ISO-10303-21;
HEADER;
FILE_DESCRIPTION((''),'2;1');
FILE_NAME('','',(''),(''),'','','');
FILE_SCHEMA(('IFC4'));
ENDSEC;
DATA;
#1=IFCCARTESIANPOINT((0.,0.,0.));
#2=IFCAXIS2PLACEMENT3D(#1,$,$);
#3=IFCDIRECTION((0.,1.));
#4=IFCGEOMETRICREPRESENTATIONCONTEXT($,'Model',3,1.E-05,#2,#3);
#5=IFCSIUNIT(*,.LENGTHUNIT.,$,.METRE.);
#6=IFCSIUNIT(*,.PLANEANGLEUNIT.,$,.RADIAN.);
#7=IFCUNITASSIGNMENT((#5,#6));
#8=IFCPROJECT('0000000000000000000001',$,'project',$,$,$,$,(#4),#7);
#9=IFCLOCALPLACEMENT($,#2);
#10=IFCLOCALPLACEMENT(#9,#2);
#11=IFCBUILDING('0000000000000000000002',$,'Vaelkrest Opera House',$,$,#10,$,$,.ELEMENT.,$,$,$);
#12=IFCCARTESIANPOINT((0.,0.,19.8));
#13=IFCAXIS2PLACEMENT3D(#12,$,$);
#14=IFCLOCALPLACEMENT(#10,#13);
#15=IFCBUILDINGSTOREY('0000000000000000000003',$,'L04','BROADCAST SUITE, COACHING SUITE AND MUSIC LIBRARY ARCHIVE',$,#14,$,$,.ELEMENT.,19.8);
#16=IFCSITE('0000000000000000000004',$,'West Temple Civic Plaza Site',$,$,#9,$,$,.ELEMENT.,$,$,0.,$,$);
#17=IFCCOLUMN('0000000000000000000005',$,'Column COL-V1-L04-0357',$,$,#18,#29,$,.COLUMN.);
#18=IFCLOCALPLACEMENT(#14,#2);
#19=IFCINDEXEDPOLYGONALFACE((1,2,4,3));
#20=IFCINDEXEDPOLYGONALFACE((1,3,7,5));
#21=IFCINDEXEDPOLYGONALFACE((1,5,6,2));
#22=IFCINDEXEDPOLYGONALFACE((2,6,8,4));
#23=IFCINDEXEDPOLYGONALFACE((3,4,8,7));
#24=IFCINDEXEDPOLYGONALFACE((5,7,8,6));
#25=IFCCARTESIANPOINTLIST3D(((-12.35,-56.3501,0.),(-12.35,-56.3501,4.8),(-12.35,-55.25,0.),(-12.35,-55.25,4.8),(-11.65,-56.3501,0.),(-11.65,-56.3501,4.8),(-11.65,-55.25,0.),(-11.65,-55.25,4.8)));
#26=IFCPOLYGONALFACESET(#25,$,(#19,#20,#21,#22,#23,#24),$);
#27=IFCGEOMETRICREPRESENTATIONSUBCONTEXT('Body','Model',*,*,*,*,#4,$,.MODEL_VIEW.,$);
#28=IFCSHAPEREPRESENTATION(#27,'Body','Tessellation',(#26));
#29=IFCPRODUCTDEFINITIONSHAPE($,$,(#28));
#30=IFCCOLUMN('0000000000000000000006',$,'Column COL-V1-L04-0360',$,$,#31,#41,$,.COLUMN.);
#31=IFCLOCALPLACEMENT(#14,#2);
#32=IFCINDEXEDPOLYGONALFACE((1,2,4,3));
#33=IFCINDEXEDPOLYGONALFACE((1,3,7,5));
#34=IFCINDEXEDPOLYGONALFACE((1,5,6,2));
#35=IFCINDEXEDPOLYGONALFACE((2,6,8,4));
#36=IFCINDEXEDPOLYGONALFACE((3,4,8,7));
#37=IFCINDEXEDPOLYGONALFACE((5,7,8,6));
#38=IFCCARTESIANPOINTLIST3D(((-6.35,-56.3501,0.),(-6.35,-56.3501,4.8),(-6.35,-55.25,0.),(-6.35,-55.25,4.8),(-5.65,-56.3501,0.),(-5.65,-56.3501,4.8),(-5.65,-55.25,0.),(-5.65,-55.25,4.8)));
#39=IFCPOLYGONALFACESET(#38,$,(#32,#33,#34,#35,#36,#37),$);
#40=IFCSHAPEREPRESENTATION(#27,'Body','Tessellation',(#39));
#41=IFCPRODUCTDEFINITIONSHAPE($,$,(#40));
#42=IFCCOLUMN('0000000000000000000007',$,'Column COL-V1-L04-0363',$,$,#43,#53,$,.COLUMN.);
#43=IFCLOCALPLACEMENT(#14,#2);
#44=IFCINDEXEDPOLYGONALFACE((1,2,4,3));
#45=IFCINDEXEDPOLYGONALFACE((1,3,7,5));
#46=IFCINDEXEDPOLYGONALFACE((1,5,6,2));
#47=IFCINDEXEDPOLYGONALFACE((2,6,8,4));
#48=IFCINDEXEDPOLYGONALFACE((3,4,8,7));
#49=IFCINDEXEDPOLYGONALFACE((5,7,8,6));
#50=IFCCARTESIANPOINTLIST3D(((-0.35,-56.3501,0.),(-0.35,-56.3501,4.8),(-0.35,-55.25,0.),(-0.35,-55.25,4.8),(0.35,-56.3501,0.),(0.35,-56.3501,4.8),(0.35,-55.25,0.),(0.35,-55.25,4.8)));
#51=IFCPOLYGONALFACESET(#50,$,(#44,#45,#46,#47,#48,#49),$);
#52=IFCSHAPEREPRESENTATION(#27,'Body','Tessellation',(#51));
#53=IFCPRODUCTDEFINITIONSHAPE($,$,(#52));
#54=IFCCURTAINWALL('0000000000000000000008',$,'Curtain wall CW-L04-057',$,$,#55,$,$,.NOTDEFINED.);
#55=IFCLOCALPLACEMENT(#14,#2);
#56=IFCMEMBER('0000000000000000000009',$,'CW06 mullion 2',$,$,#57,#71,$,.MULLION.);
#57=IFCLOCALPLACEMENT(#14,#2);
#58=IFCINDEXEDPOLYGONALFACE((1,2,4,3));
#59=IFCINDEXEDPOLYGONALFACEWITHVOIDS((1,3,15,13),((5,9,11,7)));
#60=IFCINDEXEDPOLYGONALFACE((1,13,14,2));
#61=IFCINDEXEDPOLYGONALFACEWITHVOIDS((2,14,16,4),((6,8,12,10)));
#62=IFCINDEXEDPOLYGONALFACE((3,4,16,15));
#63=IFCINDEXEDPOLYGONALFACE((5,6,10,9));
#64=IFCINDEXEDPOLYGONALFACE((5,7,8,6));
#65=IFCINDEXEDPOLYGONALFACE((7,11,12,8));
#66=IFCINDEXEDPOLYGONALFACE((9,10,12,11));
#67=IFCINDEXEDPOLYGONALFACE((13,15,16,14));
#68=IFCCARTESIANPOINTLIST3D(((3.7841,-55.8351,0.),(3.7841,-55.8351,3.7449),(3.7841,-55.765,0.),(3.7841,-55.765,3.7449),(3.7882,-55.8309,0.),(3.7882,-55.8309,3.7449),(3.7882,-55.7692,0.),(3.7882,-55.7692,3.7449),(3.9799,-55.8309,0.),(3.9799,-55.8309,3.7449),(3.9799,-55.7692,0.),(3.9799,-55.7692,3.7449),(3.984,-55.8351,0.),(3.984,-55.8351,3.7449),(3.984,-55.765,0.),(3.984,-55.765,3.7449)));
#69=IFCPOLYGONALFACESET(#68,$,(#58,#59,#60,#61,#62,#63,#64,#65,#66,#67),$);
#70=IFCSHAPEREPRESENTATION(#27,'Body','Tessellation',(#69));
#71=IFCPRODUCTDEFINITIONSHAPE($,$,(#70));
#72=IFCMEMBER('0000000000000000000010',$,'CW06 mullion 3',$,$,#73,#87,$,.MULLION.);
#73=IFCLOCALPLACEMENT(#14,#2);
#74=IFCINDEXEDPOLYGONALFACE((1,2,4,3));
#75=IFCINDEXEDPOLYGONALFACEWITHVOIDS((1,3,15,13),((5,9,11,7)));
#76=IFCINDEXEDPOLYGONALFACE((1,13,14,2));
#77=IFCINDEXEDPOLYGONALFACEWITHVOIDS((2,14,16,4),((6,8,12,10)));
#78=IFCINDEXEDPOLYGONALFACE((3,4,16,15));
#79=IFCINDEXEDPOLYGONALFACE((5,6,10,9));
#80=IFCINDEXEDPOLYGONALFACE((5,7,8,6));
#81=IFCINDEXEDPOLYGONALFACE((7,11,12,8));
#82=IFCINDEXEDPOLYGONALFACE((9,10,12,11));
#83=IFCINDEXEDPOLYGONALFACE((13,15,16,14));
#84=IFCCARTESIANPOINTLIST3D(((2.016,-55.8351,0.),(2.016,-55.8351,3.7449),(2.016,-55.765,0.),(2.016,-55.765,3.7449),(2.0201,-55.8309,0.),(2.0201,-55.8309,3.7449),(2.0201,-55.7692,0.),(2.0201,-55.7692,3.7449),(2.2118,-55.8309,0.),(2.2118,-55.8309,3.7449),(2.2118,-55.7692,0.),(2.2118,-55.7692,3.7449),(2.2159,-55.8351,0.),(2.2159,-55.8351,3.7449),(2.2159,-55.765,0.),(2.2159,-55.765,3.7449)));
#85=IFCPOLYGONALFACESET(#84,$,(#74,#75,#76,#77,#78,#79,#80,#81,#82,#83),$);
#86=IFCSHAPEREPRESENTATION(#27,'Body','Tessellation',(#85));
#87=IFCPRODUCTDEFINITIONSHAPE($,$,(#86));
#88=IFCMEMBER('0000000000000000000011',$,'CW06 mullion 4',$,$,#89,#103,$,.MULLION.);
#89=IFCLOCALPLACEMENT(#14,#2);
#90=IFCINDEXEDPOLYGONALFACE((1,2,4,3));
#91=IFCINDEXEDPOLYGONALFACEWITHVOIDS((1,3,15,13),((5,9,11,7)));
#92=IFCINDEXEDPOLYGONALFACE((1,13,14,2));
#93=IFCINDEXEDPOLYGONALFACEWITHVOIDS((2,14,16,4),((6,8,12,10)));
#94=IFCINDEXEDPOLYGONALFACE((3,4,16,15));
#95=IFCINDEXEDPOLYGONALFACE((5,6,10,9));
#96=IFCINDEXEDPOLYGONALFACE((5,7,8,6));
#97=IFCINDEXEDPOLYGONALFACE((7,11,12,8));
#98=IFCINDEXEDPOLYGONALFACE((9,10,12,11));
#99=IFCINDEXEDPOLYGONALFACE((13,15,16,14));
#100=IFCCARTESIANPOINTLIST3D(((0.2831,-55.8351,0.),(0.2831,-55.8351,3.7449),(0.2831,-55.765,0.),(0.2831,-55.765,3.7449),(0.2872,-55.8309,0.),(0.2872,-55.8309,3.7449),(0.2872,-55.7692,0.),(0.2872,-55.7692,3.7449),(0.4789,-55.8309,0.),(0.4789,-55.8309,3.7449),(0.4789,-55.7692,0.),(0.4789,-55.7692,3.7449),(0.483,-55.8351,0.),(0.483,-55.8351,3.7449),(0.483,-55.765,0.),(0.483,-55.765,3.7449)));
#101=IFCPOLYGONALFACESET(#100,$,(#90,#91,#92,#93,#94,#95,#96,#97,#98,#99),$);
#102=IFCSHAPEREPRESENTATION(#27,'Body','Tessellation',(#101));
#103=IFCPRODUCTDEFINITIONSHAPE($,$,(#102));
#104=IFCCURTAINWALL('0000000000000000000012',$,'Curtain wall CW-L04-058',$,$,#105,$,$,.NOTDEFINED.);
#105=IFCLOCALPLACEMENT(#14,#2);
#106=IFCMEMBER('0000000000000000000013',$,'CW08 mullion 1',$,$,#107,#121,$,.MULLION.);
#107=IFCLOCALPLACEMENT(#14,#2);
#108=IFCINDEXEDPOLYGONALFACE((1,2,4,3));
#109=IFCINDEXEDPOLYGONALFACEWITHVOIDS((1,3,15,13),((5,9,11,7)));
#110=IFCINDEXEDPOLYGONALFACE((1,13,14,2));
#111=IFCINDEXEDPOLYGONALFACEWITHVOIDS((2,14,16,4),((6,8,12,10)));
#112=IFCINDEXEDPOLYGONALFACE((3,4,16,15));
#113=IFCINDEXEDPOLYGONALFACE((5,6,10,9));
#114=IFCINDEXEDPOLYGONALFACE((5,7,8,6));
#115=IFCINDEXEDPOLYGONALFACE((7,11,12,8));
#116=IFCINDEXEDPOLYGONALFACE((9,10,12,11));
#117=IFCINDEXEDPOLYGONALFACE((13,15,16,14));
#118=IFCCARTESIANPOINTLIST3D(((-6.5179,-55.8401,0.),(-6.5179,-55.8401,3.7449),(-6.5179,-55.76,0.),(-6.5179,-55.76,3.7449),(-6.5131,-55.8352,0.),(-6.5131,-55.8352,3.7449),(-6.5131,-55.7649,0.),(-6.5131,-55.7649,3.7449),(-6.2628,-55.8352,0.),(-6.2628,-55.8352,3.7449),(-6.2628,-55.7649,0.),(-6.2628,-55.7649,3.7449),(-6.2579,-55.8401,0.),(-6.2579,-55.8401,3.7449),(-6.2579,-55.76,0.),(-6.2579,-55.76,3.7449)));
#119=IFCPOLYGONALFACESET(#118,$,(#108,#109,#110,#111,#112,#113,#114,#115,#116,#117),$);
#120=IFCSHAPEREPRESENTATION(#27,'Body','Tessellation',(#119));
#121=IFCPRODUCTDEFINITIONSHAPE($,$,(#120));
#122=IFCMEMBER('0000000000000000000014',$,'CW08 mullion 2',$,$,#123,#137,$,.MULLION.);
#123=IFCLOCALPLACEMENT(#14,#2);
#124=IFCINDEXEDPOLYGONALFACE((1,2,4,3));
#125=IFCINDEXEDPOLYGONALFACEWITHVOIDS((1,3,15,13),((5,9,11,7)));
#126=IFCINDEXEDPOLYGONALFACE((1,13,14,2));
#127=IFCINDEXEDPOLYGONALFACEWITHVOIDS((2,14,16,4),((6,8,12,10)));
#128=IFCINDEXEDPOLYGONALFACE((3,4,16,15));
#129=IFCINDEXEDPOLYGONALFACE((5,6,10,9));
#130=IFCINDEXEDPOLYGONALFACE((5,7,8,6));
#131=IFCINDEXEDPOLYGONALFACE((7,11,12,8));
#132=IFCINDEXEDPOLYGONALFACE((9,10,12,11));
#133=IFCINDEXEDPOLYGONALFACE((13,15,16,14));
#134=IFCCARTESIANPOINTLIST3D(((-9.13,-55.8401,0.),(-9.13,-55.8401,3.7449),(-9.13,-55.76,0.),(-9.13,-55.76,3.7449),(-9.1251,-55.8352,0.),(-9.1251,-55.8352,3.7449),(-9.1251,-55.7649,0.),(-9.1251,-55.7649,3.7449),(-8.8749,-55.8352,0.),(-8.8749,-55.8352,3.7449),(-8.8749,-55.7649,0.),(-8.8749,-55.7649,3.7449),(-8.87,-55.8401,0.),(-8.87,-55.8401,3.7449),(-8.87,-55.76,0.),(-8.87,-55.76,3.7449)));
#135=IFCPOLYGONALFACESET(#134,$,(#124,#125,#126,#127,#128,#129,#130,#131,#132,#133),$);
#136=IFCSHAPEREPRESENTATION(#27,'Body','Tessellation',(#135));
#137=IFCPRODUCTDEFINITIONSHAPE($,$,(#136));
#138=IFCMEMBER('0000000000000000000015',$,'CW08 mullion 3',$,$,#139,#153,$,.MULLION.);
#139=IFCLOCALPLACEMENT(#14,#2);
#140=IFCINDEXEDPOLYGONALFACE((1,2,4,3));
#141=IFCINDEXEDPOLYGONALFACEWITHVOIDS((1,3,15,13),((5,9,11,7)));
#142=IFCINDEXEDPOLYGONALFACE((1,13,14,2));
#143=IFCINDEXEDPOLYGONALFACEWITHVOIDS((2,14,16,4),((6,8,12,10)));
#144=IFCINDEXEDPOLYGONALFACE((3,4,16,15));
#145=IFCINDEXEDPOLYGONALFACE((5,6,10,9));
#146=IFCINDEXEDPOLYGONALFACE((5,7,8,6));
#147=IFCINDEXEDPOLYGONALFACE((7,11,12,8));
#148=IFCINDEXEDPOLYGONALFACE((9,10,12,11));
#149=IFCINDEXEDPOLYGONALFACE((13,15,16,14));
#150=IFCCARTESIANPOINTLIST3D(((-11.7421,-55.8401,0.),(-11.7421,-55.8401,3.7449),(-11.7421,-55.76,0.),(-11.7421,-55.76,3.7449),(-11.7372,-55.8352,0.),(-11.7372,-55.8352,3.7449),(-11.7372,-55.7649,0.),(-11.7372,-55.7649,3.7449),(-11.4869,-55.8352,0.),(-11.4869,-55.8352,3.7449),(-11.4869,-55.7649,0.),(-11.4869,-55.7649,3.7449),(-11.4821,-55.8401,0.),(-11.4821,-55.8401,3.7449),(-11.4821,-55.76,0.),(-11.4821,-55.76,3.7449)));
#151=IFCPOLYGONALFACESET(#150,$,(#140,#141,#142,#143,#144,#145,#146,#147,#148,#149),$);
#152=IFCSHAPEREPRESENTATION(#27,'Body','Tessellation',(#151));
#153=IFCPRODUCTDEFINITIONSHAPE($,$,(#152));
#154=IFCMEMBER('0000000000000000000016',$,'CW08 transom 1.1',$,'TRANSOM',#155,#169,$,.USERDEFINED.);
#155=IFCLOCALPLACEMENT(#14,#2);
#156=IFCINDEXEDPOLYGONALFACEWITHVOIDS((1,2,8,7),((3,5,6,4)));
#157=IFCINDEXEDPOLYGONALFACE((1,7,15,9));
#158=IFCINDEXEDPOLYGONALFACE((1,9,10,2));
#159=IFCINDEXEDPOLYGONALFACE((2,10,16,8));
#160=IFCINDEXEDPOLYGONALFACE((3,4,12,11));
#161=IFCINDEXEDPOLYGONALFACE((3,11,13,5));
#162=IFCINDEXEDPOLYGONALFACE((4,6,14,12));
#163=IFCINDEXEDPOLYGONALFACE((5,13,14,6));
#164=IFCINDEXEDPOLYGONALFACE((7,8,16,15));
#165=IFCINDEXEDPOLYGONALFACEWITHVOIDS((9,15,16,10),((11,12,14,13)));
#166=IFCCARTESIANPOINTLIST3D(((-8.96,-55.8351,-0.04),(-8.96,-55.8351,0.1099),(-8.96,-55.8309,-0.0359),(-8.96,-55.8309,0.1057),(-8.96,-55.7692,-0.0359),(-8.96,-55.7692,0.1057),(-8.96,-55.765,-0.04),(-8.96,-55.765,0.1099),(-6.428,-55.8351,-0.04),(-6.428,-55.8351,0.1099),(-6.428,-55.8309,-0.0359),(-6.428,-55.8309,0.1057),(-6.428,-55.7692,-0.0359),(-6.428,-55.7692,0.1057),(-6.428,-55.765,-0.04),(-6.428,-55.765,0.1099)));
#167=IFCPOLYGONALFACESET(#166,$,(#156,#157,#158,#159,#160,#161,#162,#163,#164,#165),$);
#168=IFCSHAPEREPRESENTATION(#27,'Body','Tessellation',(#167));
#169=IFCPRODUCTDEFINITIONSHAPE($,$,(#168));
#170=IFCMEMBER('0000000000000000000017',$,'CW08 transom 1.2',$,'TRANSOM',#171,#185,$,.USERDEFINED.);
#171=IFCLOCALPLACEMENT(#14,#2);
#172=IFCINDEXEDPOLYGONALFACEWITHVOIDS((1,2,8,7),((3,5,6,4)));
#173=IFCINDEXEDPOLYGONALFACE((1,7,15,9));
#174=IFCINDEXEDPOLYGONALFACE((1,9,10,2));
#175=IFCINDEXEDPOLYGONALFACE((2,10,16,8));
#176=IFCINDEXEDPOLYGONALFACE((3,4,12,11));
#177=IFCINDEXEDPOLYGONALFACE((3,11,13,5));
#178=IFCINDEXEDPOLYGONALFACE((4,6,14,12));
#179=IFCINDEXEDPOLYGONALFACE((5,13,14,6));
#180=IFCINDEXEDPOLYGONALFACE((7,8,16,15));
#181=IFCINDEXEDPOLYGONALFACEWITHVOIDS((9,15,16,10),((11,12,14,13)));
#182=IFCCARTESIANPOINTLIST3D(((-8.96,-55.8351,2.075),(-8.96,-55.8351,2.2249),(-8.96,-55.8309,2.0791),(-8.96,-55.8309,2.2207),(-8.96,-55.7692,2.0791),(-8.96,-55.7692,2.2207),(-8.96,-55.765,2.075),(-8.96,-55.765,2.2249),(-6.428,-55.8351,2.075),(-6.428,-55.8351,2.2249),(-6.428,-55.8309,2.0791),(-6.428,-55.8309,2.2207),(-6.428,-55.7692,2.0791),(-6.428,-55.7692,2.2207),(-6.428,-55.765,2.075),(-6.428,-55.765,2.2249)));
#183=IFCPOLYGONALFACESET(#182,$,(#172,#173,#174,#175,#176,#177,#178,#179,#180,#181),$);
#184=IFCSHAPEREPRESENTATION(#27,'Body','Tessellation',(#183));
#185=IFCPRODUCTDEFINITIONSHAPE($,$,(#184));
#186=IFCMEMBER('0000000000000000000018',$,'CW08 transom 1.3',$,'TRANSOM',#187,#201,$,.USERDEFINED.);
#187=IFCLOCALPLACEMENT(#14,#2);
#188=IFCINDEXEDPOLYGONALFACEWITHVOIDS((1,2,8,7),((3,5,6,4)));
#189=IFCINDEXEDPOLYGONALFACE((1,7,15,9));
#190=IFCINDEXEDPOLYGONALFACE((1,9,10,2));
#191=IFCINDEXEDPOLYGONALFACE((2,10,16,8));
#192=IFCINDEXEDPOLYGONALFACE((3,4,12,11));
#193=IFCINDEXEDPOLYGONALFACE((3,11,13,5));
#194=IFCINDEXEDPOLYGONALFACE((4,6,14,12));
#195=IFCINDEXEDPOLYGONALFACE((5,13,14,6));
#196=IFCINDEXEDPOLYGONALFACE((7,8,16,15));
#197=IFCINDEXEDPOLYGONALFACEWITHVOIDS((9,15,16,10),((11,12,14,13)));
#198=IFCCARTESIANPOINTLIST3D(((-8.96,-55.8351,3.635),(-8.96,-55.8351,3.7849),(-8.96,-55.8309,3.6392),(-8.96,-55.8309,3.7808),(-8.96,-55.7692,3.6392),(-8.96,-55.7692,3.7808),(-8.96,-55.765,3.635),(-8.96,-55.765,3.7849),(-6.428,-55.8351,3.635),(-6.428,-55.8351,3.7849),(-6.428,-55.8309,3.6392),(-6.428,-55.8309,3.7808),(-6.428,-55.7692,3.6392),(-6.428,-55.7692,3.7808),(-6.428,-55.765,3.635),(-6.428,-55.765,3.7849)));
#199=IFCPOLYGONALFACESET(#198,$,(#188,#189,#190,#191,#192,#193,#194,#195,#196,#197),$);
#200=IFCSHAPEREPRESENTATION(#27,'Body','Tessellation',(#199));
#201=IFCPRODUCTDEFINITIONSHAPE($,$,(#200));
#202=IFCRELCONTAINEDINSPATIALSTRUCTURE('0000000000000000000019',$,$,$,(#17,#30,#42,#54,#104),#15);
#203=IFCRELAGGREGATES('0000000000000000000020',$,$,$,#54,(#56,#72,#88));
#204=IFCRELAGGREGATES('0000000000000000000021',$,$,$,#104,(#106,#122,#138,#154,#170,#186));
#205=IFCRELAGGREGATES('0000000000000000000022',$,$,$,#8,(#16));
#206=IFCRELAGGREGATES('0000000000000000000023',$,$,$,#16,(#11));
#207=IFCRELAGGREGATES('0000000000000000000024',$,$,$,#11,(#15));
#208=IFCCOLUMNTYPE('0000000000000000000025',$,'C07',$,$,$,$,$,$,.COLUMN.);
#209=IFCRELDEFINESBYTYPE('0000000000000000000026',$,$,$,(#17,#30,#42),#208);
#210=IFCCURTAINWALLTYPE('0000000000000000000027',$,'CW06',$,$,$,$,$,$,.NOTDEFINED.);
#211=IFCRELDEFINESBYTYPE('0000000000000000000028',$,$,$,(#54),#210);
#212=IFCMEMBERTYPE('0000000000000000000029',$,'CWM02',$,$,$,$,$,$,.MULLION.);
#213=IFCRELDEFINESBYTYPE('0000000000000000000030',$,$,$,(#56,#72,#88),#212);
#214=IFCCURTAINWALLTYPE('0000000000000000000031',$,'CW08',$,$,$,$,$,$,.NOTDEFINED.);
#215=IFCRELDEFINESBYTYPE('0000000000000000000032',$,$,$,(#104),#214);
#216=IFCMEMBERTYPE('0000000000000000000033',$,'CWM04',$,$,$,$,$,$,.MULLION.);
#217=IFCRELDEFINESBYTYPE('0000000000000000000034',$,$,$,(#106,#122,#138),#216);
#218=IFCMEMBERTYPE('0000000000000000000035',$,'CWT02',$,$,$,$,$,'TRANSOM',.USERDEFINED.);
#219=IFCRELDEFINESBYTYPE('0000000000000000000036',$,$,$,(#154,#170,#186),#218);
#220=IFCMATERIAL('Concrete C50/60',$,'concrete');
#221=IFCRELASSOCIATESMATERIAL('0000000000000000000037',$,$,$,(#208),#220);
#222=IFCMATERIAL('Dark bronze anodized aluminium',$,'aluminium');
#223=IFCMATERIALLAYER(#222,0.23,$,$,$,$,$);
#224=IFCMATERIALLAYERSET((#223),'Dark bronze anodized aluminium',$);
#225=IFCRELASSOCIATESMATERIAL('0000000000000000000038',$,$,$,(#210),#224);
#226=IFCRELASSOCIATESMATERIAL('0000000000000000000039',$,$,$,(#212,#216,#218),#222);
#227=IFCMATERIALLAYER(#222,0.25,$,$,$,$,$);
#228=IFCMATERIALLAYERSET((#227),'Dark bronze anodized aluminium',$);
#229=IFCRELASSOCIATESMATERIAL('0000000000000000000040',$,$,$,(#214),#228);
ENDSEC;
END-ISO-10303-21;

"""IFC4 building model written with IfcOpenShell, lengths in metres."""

from ifc_helpers import new_model, si_unit, direction, frame, origin, origin_2d, place, context, subcontext, project, spatial, rectangle, hollow_rectangle, extrude, material, layer, layer_set, material_profile, profile_set, type_object, element, aggregate, save


model = new_model("IFC4")

# Units and contexts
model_context = context("Model", 3, precision=1e-05, world=origin(), true_north=direction((0.0, 1.0)))
body_context = subcontext(model_context, "Body", "Model", "MODEL_VIEW")
ifc_project = project(units=[si_unit("LENGTHUNIT", "METRE"), si_unit("PLANEANGLEUNIT", "RADIAN")], contexts=[model_context])

# Site, building, storey
site_placement = place(None, origin())
site = spatial("IfcSite", under=ifc_project, at=site_placement, Name="West Temple Civic Plaza Site", CompositionType="ELEMENT", RefElevation=0.0)
building_placement = place(site_placement, origin())
building = spatial("IfcBuilding", under=site, at=building_placement, Name="Vaelkrest Opera House", CompositionType="ELEMENT")
storey_placement = place(building_placement, frame((0.0, 0.0, 19.8)))
storey = spatial("IfcBuildingStorey", under=building, at=storey_placement, Name="L04", Description="BROADCAST SUITE, COACHING SUITE AND MUSIC LIBRARY ARCHIVE", CompositionType="ELEMENT", Elevation=19.8)

# Columns
ifc_material_1 = material(Name="Concrete C50/60", Category="concrete")
ifc_material_profile_1 = material_profile(ifc_material_1, rectangle(XDim=0.7, YDim=1.1001, at=origin_2d()), Name="RC700X1100")
ifc_profile_set_1 = profile_set([ifc_material_profile_1], Name="Concrete C50/60")
column_type = type_object("IfcColumnType", Name="C07", PredefinedType="COLUMN", material=ifc_profile_set_1)
for number, where, z_axis, x_axis, name in (
    (1, (-12.0, -55.8, 0.0), (0.0, 0.0, 1.0), (1.0, 0.0, 0.0), "Column COL-V1-L04-0357"),
    (2, (-6.0, -55.8, 0.0), (0.0, 0.0, 1.0), (1.0, 0.0, 0.0), "Column COL-V1-L04-0360"),
    (3, (0.0, -55.8, 0.0), (0.0, 0.0, 1.0), (1.0, 0.0, 0.0), "Column COL-V1-L04-0363"),
):
    element("IfcColumn", number, at=place(storey_placement, frame(where, z_axis=z_axis, x_axis=x_axis)), inside=storey, type_object=column_type, Name=name, PredefinedType="COLUMN", context=body_context, shape_type="SweptSolid", body=[
        extrude(rectangle(XDim=0.7, YDim=1.1001, at=origin_2d()), origin(), (0.0, 0.0, 1.0), 4.8),
    ])

# Curtain walls, members
ifc_material_2 = material(Name="Dark bronze anodized aluminium", Category="aluminium")
ifc_layer_1 = layer(ifc_material_2, 0.23)
ifc_layer_set_1 = layer_set([ifc_layer_1], Name="Dark bronze anodized aluminium")
curtain_wall_type_1 = type_object("IfcCurtainWallType", Name="CW06", PredefinedType="NOTDEFINED", material=ifc_layer_set_1)
curtain_wall_1_placement = place(storey_placement, origin())
curtain_wall_1 = element("IfcCurtainWall", 4, at=curtain_wall_1_placement, inside=storey, type_object=curtain_wall_type_1, Name="Curtain wall CW-L04-057", PredefinedType="NOTDEFINED")
ifc_material_profile_2 = material_profile(ifc_material_2, hollow_rectangle(XDim=0.0701, YDim=0.2, WallThickness=0.0042, at=origin_2d()), Name="CWM70X200")
ifc_profile_set_2 = profile_set([ifc_material_profile_2], Name="Dark bronze anodized aluminium")
member_type_1 = type_object("IfcMemberType", Name="CWM02", PredefinedType="MULLION", material=ifc_profile_set_2)
member_1_placement = place(storey_placement, frame((3.884, -55.8, 0.0), z_axis=(0.0, 0.0, 1.0), x_axis=(0.0, -1.0, 0.0)))
member_1 = element("IfcMember", 5, at=member_1_placement, type_object=member_type_1, Name="CW06 mullion 2", PredefinedType="MULLION", context=body_context, shape_type="SweptSolid", body=[
    extrude(hollow_rectangle(XDim=0.0701, YDim=0.2, WallThickness=0.0042, at=origin_2d()), origin(), (0.0, 0.0, 1.0), 3.7449),
])
member_2_placement = place(storey_placement, frame((2.116, -55.8, 0.0), z_axis=(0.0, 0.0, 1.0), x_axis=(0.0, -1.0, 0.0)))
member_2 = element("IfcMember", 6, at=member_2_placement, type_object=member_type_1, Name="CW06 mullion 3", PredefinedType="MULLION", context=body_context, shape_type="SweptSolid", body=[
    extrude(hollow_rectangle(XDim=0.0701, YDim=0.2, WallThickness=0.0042, at=origin_2d()), origin(), (0.0, 0.0, 1.0), 3.7449),
])
member_3_placement = place(storey_placement, frame((0.3831, -55.8, 0.0), z_axis=(0.0, 0.0, 1.0), x_axis=(0.0, -1.0, 0.0)))
member_3 = element("IfcMember", 7, at=member_3_placement, type_object=member_type_1, Name="CW06 mullion 4", PredefinedType="MULLION", context=body_context, shape_type="SweptSolid", body=[
    extrude(hollow_rectangle(XDim=0.0701, YDim=0.2, WallThickness=0.0042, at=origin_2d()), origin(), (0.0, 0.0, 1.0), 3.7449),
])
ifc_layer_2 = layer(ifc_material_2, 0.25)
ifc_layer_set_2 = layer_set([ifc_layer_2], Name="Dark bronze anodized aluminium")
curtain_wall_type_2 = type_object("IfcCurtainWallType", Name="CW08", PredefinedType="NOTDEFINED", material=ifc_layer_set_2)
curtain_wall_2_placement = place(storey_placement, origin())
curtain_wall_2 = element("IfcCurtainWall", 8, at=curtain_wall_2_placement, inside=storey, type_object=curtain_wall_type_2, Name="Curtain wall CW-L04-058", PredefinedType="NOTDEFINED")
ifc_material_profile_3 = material_profile(ifc_material_2, hollow_rectangle(XDim=0.0801, YDim=0.26, WallThickness=0.0049, at=origin_2d()), Name="CWM80X260")
ifc_profile_set_3 = profile_set([ifc_material_profile_3], Name="Dark bronze anodized aluminium")
member_type_2 = type_object("IfcMemberType", Name="CWM04", PredefinedType="MULLION", material=ifc_profile_set_3)
member_4_placement = place(storey_placement, frame((-6.3879, -55.8, 0.0), z_axis=(0.0, 0.0, 1.0), x_axis=(0.0, -1.0, 0.0)))
member_4 = element("IfcMember", 9, at=member_4_placement, type_object=member_type_2, Name="CW08 mullion 1", PredefinedType="MULLION", context=body_context, shape_type="SweptSolid", body=[
    extrude(hollow_rectangle(XDim=0.0801, YDim=0.26, WallThickness=0.0049, at=origin_2d()), origin(), (0.0, 0.0, 1.0), 3.7449),
])
member_5_placement = place(storey_placement, frame((-9.0, -55.8, 0.0), z_axis=(0.0, 0.0, 1.0), x_axis=(0.0, -1.0, 0.0)))
member_5 = element("IfcMember", 10, at=member_5_placement, type_object=member_type_2, Name="CW08 mullion 2", PredefinedType="MULLION", context=body_context, shape_type="SweptSolid", body=[
    extrude(hollow_rectangle(XDim=0.0801, YDim=0.26, WallThickness=0.0049, at=origin_2d()), origin(), (0.0, 0.0, 1.0), 3.7449),
])
member_6_placement = place(storey_placement, frame((-11.6121, -55.8, 0.0), z_axis=(0.0, 0.0, 1.0), x_axis=(0.0, -1.0, 0.0)))
member_6 = element("IfcMember", 11, at=member_6_placement, type_object=member_type_2, Name="CW08 mullion 3", PredefinedType="MULLION", context=body_context, shape_type="SweptSolid", body=[
    extrude(hollow_rectangle(XDim=0.0801, YDim=0.26, WallThickness=0.0049, at=origin_2d()), origin(), (0.0, 0.0, 1.0), 3.7449),
])
ifc_material_profile_4 = material_profile(ifc_material_2, hollow_rectangle(XDim=0.0701, YDim=0.1499, WallThickness=0.0042, at=origin_2d()), Name="CWT70X150")
ifc_profile_set_4 = profile_set([ifc_material_profile_4], Name="Dark bronze anodized aluminium")
member_type_3 = type_object("IfcMemberType", Name="CWT02", ElementType="TRANSOM", PredefinedType="USERDEFINED", material=ifc_profile_set_4)
member_7_placement = place(storey_placement, frame((-6.428, -55.8, 0.0349), z_axis=(-1.0, 0.0, 0.0), x_axis=(0.0, -1.0, 0.0)))
member_7 = element("IfcMember", 12, at=member_7_placement, type_object=member_type_3, Name="CW08 transom 1.1", ObjectType="TRANSOM", PredefinedType="USERDEFINED", context=body_context, shape_type="SweptSolid", body=[
    extrude(hollow_rectangle(XDim=0.0701, YDim=0.1499, WallThickness=0.0042, at=origin_2d()), origin(), (0.0, 0.0, 1.0), 2.532),
])
member_8_placement = place(storey_placement, frame((-6.428, -55.8, 2.1499), z_axis=(-1.0, 0.0, 0.0), x_axis=(0.0, -1.0, 0.0)))
member_8 = element("IfcMember", 13, at=member_8_placement, type_object=member_type_3, Name="CW08 transom 1.2", ObjectType="TRANSOM", PredefinedType="USERDEFINED", context=body_context, shape_type="SweptSolid", body=[
    extrude(hollow_rectangle(XDim=0.0701, YDim=0.1499, WallThickness=0.0042, at=origin_2d()), origin(), (0.0, 0.0, 1.0), 2.532),
])
member_9_placement = place(storey_placement, frame((-6.428, -55.8, 3.71), z_axis=(-1.0, 0.0, 0.0), x_axis=(0.0, -1.0, 0.0)))
member_9 = element("IfcMember", 14, at=member_9_placement, type_object=member_type_3, Name="CW08 transom 1.3", ObjectType="TRANSOM", PredefinedType="USERDEFINED", context=body_context, shape_type="SweptSolid", body=[
    extrude(hollow_rectangle(XDim=0.0701, YDim=0.1499, WallThickness=0.0042, at=origin_2d()), origin(), (0.0, 0.0, 1.0), 2.532),
])

aggregate(curtain_wall_1, [member_1, member_2, member_3])
aggregate(curtain_wall_2, [member_4, member_5, member_6, member_7, member_8, member_9])

save(model, "model.ifc")
